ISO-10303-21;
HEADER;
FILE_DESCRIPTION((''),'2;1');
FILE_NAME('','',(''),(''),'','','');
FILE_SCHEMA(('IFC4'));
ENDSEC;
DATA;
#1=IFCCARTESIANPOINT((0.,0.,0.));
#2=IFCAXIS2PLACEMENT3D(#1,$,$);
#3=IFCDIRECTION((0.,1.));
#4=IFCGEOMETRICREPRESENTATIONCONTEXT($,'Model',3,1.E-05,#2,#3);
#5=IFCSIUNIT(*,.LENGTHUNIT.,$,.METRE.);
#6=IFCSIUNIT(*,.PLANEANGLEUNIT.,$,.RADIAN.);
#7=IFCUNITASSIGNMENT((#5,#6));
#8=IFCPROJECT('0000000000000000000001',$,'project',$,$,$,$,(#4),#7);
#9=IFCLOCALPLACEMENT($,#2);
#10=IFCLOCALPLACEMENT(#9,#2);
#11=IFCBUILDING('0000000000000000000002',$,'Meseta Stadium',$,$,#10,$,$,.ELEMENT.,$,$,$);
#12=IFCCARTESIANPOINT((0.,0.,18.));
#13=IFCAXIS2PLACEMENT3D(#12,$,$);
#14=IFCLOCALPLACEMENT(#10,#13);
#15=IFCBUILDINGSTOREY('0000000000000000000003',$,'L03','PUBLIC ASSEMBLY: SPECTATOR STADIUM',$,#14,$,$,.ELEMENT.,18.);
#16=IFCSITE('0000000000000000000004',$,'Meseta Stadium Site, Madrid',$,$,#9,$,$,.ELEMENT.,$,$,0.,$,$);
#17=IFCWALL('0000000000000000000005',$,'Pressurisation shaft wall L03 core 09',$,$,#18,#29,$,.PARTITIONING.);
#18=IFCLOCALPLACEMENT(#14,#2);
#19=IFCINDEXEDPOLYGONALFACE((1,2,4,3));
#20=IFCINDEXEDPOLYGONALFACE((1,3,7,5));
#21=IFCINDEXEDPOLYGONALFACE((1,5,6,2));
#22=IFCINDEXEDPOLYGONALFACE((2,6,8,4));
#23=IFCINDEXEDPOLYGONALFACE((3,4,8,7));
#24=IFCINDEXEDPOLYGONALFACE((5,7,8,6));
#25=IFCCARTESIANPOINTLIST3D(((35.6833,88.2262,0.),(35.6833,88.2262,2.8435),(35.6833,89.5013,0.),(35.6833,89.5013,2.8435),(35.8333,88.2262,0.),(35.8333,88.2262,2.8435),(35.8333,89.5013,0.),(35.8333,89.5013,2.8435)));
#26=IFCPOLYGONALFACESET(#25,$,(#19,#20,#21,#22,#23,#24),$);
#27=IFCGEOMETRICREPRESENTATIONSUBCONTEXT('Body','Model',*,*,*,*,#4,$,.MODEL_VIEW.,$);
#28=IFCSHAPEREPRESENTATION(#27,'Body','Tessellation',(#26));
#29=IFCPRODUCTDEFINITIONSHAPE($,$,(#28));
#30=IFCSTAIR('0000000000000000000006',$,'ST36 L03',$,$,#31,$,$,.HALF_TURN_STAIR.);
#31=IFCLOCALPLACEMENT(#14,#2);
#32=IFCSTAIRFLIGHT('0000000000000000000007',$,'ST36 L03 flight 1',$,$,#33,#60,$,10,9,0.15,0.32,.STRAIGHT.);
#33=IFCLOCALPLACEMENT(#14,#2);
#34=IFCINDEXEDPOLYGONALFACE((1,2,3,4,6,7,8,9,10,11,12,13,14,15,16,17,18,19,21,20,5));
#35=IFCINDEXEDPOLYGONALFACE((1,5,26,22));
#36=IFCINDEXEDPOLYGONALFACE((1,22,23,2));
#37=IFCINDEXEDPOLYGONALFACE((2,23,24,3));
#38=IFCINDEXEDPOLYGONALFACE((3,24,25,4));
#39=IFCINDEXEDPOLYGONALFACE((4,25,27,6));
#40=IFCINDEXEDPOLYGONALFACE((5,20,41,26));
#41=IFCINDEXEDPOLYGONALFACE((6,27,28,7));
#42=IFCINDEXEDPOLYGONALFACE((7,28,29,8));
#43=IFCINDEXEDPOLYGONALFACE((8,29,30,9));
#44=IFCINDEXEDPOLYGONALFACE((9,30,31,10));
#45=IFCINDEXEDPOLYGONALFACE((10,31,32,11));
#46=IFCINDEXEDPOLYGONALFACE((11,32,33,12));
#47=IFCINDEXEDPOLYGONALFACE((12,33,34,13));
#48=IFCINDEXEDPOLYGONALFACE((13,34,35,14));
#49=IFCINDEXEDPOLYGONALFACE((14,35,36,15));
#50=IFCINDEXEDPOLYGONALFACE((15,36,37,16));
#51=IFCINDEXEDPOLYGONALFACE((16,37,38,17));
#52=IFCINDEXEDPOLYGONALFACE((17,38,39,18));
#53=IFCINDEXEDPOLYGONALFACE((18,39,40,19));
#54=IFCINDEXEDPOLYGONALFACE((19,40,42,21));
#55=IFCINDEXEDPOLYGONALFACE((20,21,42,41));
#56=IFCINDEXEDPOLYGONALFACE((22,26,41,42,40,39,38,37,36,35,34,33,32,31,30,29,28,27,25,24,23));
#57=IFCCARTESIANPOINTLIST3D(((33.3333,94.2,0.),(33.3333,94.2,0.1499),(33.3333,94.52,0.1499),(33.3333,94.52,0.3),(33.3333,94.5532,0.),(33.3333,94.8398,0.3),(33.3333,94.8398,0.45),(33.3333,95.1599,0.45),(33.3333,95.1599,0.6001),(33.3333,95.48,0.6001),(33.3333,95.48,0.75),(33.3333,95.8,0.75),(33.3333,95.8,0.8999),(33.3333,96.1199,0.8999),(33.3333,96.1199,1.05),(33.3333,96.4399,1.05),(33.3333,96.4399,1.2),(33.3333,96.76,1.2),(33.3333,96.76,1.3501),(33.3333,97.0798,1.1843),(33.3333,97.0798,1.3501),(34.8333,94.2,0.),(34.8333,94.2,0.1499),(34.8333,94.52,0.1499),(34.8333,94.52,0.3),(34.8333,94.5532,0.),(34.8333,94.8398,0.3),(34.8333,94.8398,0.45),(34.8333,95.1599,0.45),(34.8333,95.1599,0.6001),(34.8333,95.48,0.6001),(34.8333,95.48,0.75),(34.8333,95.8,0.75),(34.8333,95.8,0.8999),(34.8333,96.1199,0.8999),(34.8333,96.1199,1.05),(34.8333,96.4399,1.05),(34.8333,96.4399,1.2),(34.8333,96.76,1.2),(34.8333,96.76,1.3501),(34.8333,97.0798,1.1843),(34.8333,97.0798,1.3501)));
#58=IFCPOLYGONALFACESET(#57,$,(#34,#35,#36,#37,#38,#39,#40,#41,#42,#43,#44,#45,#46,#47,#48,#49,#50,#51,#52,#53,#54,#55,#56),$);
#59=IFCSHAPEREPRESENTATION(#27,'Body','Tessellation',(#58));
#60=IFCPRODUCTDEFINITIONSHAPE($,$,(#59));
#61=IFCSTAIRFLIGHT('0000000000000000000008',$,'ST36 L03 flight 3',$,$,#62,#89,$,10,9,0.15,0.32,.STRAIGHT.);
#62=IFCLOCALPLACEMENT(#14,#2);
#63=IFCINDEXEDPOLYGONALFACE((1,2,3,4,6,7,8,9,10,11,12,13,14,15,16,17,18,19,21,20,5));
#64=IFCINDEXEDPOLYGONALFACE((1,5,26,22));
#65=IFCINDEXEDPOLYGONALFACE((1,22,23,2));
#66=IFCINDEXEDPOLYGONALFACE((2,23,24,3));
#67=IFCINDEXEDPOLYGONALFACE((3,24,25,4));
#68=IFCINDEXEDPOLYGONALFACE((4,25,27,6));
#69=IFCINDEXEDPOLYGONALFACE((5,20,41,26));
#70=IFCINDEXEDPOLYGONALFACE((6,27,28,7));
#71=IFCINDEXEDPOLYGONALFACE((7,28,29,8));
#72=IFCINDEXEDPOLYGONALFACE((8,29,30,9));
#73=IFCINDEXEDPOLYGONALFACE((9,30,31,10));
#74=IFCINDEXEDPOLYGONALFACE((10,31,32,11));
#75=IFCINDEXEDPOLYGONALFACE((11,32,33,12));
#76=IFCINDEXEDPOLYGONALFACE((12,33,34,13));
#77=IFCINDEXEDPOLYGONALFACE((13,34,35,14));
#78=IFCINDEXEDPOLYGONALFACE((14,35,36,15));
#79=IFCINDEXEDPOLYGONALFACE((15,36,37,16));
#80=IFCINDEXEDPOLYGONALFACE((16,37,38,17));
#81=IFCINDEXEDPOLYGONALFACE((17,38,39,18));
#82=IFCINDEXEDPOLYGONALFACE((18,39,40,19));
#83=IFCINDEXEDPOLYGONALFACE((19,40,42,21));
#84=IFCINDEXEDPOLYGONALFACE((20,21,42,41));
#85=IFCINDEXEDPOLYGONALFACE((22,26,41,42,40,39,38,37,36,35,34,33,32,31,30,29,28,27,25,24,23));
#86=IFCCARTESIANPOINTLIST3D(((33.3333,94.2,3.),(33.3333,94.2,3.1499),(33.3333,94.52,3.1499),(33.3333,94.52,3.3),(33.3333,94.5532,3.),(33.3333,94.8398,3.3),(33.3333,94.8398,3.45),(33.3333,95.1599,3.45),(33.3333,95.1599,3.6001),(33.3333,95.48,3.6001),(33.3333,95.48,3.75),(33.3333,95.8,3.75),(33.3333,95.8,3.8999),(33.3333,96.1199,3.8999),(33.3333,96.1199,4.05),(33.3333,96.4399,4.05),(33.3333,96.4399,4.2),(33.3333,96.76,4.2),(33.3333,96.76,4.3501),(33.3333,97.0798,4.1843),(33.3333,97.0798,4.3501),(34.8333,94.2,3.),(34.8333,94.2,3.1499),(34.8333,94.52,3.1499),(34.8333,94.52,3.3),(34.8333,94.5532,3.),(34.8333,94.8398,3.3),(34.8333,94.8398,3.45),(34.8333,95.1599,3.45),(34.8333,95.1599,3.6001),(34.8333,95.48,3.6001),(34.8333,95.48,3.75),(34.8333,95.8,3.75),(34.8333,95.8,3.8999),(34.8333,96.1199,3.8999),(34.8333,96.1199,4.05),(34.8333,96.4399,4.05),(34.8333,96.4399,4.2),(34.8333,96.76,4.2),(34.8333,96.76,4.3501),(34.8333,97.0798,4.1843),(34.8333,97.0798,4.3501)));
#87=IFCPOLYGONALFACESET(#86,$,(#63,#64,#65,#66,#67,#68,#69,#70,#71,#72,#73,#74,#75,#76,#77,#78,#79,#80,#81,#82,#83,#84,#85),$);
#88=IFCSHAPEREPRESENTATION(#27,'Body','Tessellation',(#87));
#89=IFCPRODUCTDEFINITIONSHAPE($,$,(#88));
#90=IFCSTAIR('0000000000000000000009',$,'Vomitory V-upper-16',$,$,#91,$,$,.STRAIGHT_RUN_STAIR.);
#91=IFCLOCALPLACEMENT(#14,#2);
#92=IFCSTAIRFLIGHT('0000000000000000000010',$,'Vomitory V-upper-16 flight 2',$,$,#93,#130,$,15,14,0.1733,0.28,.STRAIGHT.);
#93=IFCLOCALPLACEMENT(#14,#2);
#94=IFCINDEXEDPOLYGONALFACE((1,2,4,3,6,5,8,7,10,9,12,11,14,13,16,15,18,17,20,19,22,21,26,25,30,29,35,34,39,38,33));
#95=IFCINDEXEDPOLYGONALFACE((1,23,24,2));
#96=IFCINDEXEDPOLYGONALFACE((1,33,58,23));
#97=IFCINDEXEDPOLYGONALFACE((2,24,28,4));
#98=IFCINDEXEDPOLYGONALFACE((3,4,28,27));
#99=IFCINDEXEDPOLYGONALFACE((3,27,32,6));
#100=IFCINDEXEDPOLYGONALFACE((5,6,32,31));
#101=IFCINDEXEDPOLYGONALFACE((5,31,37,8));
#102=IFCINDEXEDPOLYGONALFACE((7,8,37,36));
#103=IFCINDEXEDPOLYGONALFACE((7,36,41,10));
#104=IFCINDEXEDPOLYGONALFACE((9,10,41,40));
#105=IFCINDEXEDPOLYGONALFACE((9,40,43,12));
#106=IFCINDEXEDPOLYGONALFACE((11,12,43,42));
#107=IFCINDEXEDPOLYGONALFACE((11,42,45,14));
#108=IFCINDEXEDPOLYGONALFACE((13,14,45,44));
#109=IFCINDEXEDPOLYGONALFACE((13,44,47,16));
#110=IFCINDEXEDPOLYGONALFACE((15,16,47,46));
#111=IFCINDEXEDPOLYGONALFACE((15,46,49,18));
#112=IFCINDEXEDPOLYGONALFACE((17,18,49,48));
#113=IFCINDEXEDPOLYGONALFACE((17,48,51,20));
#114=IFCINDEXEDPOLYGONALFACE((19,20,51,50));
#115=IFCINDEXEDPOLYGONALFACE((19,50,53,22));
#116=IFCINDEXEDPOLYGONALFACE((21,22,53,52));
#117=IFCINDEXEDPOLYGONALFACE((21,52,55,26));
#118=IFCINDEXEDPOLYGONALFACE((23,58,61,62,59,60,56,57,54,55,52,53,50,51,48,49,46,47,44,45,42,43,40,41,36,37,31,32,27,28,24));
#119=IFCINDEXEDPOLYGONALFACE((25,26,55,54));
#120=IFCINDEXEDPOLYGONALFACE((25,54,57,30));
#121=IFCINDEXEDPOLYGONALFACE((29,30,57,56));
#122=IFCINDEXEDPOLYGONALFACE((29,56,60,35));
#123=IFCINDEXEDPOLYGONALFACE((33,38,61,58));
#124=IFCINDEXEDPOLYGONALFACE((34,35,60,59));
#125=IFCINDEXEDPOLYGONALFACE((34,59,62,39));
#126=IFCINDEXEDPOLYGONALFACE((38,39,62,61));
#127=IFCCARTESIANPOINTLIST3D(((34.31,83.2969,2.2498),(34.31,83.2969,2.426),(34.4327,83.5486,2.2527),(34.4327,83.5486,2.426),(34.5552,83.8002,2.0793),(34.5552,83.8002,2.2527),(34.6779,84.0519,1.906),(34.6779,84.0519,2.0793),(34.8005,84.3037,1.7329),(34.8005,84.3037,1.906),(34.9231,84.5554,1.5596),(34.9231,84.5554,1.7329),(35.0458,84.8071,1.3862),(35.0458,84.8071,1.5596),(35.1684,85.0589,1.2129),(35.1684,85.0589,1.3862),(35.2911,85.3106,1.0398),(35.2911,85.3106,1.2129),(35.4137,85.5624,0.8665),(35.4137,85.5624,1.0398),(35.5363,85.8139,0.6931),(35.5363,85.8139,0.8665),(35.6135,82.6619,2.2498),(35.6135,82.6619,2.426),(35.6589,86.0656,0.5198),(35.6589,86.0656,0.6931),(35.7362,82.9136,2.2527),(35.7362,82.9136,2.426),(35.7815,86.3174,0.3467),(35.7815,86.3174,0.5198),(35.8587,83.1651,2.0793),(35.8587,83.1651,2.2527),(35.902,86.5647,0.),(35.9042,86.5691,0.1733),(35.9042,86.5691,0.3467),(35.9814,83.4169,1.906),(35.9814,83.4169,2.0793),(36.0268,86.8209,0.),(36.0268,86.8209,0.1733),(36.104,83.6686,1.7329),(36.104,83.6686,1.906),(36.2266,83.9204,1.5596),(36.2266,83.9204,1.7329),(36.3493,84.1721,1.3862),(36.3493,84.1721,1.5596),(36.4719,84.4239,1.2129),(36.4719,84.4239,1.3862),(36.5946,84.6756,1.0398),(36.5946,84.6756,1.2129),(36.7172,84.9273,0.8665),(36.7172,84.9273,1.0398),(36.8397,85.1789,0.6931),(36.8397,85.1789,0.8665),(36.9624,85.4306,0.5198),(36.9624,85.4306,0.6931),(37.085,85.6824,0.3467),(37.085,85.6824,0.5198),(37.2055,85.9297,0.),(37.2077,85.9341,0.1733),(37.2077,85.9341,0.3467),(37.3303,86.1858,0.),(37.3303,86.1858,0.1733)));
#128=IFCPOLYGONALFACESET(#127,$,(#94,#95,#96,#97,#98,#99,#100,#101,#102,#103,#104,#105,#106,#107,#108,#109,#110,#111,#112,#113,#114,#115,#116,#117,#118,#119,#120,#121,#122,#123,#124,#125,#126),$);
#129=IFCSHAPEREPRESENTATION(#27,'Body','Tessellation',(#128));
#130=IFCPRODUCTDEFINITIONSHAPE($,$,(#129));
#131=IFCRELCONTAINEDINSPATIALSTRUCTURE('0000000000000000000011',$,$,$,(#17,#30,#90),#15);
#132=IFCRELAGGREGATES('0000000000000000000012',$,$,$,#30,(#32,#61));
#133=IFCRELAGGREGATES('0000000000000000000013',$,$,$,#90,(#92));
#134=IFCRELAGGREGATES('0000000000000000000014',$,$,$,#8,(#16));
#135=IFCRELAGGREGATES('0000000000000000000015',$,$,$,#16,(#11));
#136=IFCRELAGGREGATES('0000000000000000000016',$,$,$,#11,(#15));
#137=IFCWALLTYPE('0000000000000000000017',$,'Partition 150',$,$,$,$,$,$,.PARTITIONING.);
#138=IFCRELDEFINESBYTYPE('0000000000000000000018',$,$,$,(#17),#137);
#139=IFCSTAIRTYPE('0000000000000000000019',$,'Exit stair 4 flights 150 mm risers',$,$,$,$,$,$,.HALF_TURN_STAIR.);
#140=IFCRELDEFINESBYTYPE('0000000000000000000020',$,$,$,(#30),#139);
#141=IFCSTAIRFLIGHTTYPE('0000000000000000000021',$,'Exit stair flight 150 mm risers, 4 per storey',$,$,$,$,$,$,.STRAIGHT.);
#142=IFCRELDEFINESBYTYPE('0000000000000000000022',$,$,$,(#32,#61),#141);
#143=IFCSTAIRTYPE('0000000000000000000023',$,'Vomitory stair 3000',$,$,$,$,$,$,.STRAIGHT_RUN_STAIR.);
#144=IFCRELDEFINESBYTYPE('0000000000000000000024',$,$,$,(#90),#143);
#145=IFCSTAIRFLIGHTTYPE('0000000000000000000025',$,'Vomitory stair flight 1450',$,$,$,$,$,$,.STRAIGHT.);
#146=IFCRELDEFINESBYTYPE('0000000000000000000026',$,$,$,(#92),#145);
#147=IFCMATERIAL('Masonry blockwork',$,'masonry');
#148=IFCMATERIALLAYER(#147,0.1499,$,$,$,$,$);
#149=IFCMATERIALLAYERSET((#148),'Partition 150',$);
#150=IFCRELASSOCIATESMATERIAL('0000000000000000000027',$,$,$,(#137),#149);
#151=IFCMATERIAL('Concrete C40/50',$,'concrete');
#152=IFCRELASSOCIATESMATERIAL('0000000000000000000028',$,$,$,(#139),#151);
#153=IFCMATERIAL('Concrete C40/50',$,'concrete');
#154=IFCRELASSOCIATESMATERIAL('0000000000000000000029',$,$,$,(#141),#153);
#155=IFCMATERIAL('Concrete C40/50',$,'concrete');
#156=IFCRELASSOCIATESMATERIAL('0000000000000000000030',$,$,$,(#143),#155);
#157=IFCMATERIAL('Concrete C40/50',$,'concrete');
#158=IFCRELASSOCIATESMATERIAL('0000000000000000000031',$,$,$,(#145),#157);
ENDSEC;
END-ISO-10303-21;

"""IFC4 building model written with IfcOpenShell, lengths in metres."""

from ifc_helpers import new_model, si_unit, direction, frame, frame_2d, origin, place, context, subcontext, project, spatial, polyline, rectangle, outline, extrude, material, layer, layer_set, type_object, element, aggregate, save


model = new_model("IFC4")

# Units and contexts
model_context = context("Model", 3, precision=1e-05, world=origin(), true_north=direction((0.0, 1.0)))
body_context = subcontext(model_context, "Body", "Model", "MODEL_VIEW")
ifc_project = project(units=[si_unit("LENGTHUNIT", "METRE"), si_unit("PLANEANGLEUNIT", "RADIAN")], contexts=[model_context])

# Site, building, storey
site_placement = place(None, origin())
site = spatial("IfcSite", under=ifc_project, at=site_placement, Name="Meseta Stadium Site, Madrid", CompositionType="ELEMENT", RefElevation=0.0)
building_placement = place(site_placement, origin())
building = spatial("IfcBuilding", under=site, at=building_placement, Name="Meseta Stadium", CompositionType="ELEMENT")
storey_placement = place(building_placement, frame((0.0, 0.0, 18.0)))
storey = spatial("IfcBuildingStorey", under=building, at=storey_placement, Name="L03", Description="PUBLIC ASSEMBLY: SPECTATOR STADIUM", CompositionType="ELEMENT", Elevation=18.0)

# Wall
ifc_material_1 = material(Name="Masonry blockwork", Category="masonry")
ifc_layer_1 = layer(ifc_material_1, 0.1499)
ifc_layer_set_1 = layer_set([ifc_layer_1], Name="Partition 150")
wall_type_1 = type_object("IfcWallType", Name="Partition 150", PredefinedType="PARTITIONING", material=ifc_layer_set_1)
for number, where, z_axis, x_axis, name in (
    (1, (35.7583, 88.2261, 0.0), (0.0, 0.0, 1.0), (0.0, 1.0, 0.0), "Pressurisation shaft wall L03 core 09"),
):
    element("IfcWall", number, at=place(storey_placement, frame(where, z_axis=z_axis, x_axis=x_axis)), inside=storey, type_object=wall_type_1, Name=name, PredefinedType="PARTITIONING", context=body_context, shape_type="SweptSolid", body=[
        extrude(rectangle(XDim=1.2751, YDim=0.1499, at=frame_2d((0.6377, 0.0))), origin(), (0.0, 0.0, 1.0), 2.8435),
    ])

# Stair, stair flights
ifc_material_2 = material(Name="Concrete C40/50", Category="concrete")
stair_type_1 = type_object("IfcStairType", Name="Exit stair 4 flights 150 mm risers", PredefinedType="HALF_TURN_STAIR", material=ifc_material_2)
stair_1_placement = place(storey_placement, origin())
stair_1 = element("IfcStair", 2, at=stair_1_placement, inside=storey, type_object=stair_type_1, Name="ST36 L03", PredefinedType="HALF_TURN_STAIR")
ifc_material_3 = material(Name="Concrete C40/50", Category="concrete")
stair_flight_type_1 = type_object("IfcStairFlightType", Name="Exit stair flight 150 mm risers, 4 per storey", PredefinedType="STRAIGHT", material=ifc_material_3)
stair_flight_1_placement = place(storey_placement, frame((34.0833, 94.2, 0.0), z_axis=(0.0, 0.0, 1.0), x_axis=(0.0, 1.0, 0.0)))
stair_flight_1 = element("IfcStairFlight", 3, at=stair_flight_1_placement, type_object=stair_flight_type_1, Name="ST36 L03 flight 1", NumberOfRisers=10, NumberOfTreads=9, PredefinedType="STRAIGHT", RiserHeight=0.15, TreadLength=0.32, context=body_context, shape_type="SweptSolid", body=[
    extrude(outline(polyline([(0.0, 0.0), (0.0, 0.1499), (0.3201, 0.1499), (0.3201, 0.3), (0.6399, 0.3), (0.6399, 0.45), (0.96, 0.45), (0.96, 0.6001), (1.28, 0.6001), (1.28, 0.75), (1.6001, 0.75), (1.6001, 0.8999), (1.9199, 0.8999), (1.9199, 1.05), (2.24, 1.05), (2.24, 1.2), (2.5601, 1.2), (2.5601, 1.3501), (2.8799, 1.3501), (2.8799, 1.1843), (0.3533, 0.0), (0.0, 0.0)])), frame((0.0, 0.75, 0.0), z_axis=(0.0, -1.0, 0.0), x_axis=(1.0, 0.0, 0.0)), (0.0, 0.0, 1.0), 1.5),
])
stair_flight_2_placement = place(storey_placement, frame((34.0833, 94.2, 3.0), z_axis=(0.0, 0.0, 1.0), x_axis=(0.0, 1.0, 0.0)))
stair_flight_2 = element("IfcStairFlight", 4, at=stair_flight_2_placement, type_object=stair_flight_type_1, Name="ST36 L03 flight 3", NumberOfRisers=10, NumberOfTreads=9, PredefinedType="STRAIGHT", RiserHeight=0.15, TreadLength=0.32, context=body_context, shape_type="SweptSolid", body=[
    extrude(outline(polyline([(0.0, 0.0), (0.0, 0.1499), (0.3201, 0.1499), (0.3201, 0.3), (0.6399, 0.3), (0.6399, 0.45), (0.96, 0.45), (0.96, 0.6001), (1.28, 0.6001), (1.28, 0.75), (1.6001, 0.75), (1.6001, 0.8999), (1.9199, 0.8999), (1.9199, 1.05), (2.24, 1.05), (2.24, 1.2), (2.5601, 1.2), (2.5601, 1.3501), (2.8799, 1.3501), (2.8799, 1.1843), (0.3533, 0.0), (0.0, 0.0)])), frame((0.0, 0.75, 0.0), z_axis=(0.0, -1.0, 0.0), x_axis=(1.0, 0.0, 0.0)), (0.0, 0.0, 1.0), 1.5),
])
aggregate(stair_1, [stair_flight_1, stair_flight_2])

# Stair, stair flight
ifc_material_4 = material(Name="Concrete C40/50", Category="concrete")
stair_type_2 = type_object("IfcStairType", Name="Vomitory stair 3000", PredefinedType="STRAIGHT_RUN_STAIR", material=ifc_material_4)
stair_2_placement = place(storey_placement, origin())
stair_2 = element("IfcStair", 5, at=stair_2_placement, inside=storey, type_object=stair_type_2, Name="Vomitory V-upper-16", PredefinedType="STRAIGHT_RUN_STAIR")
ifc_material_5 = material(Name="Concrete C40/50", Category="concrete")
stair_flight_type_2 = type_object("IfcStairFlightType", Name="Vomitory stair flight 1450", PredefinedType="STRAIGHT", material=ifc_material_5)
stair_flight_3_placement = place(storey_placement, frame((36.6785, 86.5034, 0.0), z_axis=(0.0, 0.0, 1.0), x_axis=(-0.437966, -0.898991, 0.0)))
stair_flight_3 = element("IfcStairFlight", 6, at=stair_flight_3_placement, type_object=stair_flight_type_2, Name="Vomitory V-upper-16 flight 2", NumberOfRisers=15, NumberOfTreads=14, PredefinedType="STRAIGHT", RiserHeight=0.1733, TreadLength=0.28, context=body_context, shape_type="SweptSolid", body=[
    extrude(outline(polyline([(0.0, 0.0), (0.0, 0.1733), (0.28, 0.1733), (0.28, 0.3467), (0.5601, 0.3467), (0.5601, 0.5198), (0.8401, 0.5198), (0.8401, 0.6931), (1.1201, 0.6931), (1.1201, 0.8665), (1.3999, 0.8665), (1.3999, 1.0398), (1.6799, 1.0398), (1.6799, 1.2129), (1.96, 1.2129), (1.96, 1.3862), (2.24, 1.3862), (2.24, 1.5596), (2.52, 1.5596), (2.52, 1.7329), (2.8, 1.7329), (2.8, 1.906), (3.0801, 1.906), (3.0801, 2.0793), (3.3601, 2.0793), (3.3601, 2.2527), (3.6399, 2.2527), (3.6399, 2.426), (3.9199, 2.426), (3.9199, 2.2498), (0.2849, 0.0), (0.0, 0.0)])), frame((0.0, 0.7251, 0.0), z_axis=(0.0, -1.0, 0.0), x_axis=(1.0, 0.0, 0.0)), (0.0, 0.0, 1.0), 1.45),
])
aggregate(stair_2, [stair_flight_3])

save(model, "model.ifc")
